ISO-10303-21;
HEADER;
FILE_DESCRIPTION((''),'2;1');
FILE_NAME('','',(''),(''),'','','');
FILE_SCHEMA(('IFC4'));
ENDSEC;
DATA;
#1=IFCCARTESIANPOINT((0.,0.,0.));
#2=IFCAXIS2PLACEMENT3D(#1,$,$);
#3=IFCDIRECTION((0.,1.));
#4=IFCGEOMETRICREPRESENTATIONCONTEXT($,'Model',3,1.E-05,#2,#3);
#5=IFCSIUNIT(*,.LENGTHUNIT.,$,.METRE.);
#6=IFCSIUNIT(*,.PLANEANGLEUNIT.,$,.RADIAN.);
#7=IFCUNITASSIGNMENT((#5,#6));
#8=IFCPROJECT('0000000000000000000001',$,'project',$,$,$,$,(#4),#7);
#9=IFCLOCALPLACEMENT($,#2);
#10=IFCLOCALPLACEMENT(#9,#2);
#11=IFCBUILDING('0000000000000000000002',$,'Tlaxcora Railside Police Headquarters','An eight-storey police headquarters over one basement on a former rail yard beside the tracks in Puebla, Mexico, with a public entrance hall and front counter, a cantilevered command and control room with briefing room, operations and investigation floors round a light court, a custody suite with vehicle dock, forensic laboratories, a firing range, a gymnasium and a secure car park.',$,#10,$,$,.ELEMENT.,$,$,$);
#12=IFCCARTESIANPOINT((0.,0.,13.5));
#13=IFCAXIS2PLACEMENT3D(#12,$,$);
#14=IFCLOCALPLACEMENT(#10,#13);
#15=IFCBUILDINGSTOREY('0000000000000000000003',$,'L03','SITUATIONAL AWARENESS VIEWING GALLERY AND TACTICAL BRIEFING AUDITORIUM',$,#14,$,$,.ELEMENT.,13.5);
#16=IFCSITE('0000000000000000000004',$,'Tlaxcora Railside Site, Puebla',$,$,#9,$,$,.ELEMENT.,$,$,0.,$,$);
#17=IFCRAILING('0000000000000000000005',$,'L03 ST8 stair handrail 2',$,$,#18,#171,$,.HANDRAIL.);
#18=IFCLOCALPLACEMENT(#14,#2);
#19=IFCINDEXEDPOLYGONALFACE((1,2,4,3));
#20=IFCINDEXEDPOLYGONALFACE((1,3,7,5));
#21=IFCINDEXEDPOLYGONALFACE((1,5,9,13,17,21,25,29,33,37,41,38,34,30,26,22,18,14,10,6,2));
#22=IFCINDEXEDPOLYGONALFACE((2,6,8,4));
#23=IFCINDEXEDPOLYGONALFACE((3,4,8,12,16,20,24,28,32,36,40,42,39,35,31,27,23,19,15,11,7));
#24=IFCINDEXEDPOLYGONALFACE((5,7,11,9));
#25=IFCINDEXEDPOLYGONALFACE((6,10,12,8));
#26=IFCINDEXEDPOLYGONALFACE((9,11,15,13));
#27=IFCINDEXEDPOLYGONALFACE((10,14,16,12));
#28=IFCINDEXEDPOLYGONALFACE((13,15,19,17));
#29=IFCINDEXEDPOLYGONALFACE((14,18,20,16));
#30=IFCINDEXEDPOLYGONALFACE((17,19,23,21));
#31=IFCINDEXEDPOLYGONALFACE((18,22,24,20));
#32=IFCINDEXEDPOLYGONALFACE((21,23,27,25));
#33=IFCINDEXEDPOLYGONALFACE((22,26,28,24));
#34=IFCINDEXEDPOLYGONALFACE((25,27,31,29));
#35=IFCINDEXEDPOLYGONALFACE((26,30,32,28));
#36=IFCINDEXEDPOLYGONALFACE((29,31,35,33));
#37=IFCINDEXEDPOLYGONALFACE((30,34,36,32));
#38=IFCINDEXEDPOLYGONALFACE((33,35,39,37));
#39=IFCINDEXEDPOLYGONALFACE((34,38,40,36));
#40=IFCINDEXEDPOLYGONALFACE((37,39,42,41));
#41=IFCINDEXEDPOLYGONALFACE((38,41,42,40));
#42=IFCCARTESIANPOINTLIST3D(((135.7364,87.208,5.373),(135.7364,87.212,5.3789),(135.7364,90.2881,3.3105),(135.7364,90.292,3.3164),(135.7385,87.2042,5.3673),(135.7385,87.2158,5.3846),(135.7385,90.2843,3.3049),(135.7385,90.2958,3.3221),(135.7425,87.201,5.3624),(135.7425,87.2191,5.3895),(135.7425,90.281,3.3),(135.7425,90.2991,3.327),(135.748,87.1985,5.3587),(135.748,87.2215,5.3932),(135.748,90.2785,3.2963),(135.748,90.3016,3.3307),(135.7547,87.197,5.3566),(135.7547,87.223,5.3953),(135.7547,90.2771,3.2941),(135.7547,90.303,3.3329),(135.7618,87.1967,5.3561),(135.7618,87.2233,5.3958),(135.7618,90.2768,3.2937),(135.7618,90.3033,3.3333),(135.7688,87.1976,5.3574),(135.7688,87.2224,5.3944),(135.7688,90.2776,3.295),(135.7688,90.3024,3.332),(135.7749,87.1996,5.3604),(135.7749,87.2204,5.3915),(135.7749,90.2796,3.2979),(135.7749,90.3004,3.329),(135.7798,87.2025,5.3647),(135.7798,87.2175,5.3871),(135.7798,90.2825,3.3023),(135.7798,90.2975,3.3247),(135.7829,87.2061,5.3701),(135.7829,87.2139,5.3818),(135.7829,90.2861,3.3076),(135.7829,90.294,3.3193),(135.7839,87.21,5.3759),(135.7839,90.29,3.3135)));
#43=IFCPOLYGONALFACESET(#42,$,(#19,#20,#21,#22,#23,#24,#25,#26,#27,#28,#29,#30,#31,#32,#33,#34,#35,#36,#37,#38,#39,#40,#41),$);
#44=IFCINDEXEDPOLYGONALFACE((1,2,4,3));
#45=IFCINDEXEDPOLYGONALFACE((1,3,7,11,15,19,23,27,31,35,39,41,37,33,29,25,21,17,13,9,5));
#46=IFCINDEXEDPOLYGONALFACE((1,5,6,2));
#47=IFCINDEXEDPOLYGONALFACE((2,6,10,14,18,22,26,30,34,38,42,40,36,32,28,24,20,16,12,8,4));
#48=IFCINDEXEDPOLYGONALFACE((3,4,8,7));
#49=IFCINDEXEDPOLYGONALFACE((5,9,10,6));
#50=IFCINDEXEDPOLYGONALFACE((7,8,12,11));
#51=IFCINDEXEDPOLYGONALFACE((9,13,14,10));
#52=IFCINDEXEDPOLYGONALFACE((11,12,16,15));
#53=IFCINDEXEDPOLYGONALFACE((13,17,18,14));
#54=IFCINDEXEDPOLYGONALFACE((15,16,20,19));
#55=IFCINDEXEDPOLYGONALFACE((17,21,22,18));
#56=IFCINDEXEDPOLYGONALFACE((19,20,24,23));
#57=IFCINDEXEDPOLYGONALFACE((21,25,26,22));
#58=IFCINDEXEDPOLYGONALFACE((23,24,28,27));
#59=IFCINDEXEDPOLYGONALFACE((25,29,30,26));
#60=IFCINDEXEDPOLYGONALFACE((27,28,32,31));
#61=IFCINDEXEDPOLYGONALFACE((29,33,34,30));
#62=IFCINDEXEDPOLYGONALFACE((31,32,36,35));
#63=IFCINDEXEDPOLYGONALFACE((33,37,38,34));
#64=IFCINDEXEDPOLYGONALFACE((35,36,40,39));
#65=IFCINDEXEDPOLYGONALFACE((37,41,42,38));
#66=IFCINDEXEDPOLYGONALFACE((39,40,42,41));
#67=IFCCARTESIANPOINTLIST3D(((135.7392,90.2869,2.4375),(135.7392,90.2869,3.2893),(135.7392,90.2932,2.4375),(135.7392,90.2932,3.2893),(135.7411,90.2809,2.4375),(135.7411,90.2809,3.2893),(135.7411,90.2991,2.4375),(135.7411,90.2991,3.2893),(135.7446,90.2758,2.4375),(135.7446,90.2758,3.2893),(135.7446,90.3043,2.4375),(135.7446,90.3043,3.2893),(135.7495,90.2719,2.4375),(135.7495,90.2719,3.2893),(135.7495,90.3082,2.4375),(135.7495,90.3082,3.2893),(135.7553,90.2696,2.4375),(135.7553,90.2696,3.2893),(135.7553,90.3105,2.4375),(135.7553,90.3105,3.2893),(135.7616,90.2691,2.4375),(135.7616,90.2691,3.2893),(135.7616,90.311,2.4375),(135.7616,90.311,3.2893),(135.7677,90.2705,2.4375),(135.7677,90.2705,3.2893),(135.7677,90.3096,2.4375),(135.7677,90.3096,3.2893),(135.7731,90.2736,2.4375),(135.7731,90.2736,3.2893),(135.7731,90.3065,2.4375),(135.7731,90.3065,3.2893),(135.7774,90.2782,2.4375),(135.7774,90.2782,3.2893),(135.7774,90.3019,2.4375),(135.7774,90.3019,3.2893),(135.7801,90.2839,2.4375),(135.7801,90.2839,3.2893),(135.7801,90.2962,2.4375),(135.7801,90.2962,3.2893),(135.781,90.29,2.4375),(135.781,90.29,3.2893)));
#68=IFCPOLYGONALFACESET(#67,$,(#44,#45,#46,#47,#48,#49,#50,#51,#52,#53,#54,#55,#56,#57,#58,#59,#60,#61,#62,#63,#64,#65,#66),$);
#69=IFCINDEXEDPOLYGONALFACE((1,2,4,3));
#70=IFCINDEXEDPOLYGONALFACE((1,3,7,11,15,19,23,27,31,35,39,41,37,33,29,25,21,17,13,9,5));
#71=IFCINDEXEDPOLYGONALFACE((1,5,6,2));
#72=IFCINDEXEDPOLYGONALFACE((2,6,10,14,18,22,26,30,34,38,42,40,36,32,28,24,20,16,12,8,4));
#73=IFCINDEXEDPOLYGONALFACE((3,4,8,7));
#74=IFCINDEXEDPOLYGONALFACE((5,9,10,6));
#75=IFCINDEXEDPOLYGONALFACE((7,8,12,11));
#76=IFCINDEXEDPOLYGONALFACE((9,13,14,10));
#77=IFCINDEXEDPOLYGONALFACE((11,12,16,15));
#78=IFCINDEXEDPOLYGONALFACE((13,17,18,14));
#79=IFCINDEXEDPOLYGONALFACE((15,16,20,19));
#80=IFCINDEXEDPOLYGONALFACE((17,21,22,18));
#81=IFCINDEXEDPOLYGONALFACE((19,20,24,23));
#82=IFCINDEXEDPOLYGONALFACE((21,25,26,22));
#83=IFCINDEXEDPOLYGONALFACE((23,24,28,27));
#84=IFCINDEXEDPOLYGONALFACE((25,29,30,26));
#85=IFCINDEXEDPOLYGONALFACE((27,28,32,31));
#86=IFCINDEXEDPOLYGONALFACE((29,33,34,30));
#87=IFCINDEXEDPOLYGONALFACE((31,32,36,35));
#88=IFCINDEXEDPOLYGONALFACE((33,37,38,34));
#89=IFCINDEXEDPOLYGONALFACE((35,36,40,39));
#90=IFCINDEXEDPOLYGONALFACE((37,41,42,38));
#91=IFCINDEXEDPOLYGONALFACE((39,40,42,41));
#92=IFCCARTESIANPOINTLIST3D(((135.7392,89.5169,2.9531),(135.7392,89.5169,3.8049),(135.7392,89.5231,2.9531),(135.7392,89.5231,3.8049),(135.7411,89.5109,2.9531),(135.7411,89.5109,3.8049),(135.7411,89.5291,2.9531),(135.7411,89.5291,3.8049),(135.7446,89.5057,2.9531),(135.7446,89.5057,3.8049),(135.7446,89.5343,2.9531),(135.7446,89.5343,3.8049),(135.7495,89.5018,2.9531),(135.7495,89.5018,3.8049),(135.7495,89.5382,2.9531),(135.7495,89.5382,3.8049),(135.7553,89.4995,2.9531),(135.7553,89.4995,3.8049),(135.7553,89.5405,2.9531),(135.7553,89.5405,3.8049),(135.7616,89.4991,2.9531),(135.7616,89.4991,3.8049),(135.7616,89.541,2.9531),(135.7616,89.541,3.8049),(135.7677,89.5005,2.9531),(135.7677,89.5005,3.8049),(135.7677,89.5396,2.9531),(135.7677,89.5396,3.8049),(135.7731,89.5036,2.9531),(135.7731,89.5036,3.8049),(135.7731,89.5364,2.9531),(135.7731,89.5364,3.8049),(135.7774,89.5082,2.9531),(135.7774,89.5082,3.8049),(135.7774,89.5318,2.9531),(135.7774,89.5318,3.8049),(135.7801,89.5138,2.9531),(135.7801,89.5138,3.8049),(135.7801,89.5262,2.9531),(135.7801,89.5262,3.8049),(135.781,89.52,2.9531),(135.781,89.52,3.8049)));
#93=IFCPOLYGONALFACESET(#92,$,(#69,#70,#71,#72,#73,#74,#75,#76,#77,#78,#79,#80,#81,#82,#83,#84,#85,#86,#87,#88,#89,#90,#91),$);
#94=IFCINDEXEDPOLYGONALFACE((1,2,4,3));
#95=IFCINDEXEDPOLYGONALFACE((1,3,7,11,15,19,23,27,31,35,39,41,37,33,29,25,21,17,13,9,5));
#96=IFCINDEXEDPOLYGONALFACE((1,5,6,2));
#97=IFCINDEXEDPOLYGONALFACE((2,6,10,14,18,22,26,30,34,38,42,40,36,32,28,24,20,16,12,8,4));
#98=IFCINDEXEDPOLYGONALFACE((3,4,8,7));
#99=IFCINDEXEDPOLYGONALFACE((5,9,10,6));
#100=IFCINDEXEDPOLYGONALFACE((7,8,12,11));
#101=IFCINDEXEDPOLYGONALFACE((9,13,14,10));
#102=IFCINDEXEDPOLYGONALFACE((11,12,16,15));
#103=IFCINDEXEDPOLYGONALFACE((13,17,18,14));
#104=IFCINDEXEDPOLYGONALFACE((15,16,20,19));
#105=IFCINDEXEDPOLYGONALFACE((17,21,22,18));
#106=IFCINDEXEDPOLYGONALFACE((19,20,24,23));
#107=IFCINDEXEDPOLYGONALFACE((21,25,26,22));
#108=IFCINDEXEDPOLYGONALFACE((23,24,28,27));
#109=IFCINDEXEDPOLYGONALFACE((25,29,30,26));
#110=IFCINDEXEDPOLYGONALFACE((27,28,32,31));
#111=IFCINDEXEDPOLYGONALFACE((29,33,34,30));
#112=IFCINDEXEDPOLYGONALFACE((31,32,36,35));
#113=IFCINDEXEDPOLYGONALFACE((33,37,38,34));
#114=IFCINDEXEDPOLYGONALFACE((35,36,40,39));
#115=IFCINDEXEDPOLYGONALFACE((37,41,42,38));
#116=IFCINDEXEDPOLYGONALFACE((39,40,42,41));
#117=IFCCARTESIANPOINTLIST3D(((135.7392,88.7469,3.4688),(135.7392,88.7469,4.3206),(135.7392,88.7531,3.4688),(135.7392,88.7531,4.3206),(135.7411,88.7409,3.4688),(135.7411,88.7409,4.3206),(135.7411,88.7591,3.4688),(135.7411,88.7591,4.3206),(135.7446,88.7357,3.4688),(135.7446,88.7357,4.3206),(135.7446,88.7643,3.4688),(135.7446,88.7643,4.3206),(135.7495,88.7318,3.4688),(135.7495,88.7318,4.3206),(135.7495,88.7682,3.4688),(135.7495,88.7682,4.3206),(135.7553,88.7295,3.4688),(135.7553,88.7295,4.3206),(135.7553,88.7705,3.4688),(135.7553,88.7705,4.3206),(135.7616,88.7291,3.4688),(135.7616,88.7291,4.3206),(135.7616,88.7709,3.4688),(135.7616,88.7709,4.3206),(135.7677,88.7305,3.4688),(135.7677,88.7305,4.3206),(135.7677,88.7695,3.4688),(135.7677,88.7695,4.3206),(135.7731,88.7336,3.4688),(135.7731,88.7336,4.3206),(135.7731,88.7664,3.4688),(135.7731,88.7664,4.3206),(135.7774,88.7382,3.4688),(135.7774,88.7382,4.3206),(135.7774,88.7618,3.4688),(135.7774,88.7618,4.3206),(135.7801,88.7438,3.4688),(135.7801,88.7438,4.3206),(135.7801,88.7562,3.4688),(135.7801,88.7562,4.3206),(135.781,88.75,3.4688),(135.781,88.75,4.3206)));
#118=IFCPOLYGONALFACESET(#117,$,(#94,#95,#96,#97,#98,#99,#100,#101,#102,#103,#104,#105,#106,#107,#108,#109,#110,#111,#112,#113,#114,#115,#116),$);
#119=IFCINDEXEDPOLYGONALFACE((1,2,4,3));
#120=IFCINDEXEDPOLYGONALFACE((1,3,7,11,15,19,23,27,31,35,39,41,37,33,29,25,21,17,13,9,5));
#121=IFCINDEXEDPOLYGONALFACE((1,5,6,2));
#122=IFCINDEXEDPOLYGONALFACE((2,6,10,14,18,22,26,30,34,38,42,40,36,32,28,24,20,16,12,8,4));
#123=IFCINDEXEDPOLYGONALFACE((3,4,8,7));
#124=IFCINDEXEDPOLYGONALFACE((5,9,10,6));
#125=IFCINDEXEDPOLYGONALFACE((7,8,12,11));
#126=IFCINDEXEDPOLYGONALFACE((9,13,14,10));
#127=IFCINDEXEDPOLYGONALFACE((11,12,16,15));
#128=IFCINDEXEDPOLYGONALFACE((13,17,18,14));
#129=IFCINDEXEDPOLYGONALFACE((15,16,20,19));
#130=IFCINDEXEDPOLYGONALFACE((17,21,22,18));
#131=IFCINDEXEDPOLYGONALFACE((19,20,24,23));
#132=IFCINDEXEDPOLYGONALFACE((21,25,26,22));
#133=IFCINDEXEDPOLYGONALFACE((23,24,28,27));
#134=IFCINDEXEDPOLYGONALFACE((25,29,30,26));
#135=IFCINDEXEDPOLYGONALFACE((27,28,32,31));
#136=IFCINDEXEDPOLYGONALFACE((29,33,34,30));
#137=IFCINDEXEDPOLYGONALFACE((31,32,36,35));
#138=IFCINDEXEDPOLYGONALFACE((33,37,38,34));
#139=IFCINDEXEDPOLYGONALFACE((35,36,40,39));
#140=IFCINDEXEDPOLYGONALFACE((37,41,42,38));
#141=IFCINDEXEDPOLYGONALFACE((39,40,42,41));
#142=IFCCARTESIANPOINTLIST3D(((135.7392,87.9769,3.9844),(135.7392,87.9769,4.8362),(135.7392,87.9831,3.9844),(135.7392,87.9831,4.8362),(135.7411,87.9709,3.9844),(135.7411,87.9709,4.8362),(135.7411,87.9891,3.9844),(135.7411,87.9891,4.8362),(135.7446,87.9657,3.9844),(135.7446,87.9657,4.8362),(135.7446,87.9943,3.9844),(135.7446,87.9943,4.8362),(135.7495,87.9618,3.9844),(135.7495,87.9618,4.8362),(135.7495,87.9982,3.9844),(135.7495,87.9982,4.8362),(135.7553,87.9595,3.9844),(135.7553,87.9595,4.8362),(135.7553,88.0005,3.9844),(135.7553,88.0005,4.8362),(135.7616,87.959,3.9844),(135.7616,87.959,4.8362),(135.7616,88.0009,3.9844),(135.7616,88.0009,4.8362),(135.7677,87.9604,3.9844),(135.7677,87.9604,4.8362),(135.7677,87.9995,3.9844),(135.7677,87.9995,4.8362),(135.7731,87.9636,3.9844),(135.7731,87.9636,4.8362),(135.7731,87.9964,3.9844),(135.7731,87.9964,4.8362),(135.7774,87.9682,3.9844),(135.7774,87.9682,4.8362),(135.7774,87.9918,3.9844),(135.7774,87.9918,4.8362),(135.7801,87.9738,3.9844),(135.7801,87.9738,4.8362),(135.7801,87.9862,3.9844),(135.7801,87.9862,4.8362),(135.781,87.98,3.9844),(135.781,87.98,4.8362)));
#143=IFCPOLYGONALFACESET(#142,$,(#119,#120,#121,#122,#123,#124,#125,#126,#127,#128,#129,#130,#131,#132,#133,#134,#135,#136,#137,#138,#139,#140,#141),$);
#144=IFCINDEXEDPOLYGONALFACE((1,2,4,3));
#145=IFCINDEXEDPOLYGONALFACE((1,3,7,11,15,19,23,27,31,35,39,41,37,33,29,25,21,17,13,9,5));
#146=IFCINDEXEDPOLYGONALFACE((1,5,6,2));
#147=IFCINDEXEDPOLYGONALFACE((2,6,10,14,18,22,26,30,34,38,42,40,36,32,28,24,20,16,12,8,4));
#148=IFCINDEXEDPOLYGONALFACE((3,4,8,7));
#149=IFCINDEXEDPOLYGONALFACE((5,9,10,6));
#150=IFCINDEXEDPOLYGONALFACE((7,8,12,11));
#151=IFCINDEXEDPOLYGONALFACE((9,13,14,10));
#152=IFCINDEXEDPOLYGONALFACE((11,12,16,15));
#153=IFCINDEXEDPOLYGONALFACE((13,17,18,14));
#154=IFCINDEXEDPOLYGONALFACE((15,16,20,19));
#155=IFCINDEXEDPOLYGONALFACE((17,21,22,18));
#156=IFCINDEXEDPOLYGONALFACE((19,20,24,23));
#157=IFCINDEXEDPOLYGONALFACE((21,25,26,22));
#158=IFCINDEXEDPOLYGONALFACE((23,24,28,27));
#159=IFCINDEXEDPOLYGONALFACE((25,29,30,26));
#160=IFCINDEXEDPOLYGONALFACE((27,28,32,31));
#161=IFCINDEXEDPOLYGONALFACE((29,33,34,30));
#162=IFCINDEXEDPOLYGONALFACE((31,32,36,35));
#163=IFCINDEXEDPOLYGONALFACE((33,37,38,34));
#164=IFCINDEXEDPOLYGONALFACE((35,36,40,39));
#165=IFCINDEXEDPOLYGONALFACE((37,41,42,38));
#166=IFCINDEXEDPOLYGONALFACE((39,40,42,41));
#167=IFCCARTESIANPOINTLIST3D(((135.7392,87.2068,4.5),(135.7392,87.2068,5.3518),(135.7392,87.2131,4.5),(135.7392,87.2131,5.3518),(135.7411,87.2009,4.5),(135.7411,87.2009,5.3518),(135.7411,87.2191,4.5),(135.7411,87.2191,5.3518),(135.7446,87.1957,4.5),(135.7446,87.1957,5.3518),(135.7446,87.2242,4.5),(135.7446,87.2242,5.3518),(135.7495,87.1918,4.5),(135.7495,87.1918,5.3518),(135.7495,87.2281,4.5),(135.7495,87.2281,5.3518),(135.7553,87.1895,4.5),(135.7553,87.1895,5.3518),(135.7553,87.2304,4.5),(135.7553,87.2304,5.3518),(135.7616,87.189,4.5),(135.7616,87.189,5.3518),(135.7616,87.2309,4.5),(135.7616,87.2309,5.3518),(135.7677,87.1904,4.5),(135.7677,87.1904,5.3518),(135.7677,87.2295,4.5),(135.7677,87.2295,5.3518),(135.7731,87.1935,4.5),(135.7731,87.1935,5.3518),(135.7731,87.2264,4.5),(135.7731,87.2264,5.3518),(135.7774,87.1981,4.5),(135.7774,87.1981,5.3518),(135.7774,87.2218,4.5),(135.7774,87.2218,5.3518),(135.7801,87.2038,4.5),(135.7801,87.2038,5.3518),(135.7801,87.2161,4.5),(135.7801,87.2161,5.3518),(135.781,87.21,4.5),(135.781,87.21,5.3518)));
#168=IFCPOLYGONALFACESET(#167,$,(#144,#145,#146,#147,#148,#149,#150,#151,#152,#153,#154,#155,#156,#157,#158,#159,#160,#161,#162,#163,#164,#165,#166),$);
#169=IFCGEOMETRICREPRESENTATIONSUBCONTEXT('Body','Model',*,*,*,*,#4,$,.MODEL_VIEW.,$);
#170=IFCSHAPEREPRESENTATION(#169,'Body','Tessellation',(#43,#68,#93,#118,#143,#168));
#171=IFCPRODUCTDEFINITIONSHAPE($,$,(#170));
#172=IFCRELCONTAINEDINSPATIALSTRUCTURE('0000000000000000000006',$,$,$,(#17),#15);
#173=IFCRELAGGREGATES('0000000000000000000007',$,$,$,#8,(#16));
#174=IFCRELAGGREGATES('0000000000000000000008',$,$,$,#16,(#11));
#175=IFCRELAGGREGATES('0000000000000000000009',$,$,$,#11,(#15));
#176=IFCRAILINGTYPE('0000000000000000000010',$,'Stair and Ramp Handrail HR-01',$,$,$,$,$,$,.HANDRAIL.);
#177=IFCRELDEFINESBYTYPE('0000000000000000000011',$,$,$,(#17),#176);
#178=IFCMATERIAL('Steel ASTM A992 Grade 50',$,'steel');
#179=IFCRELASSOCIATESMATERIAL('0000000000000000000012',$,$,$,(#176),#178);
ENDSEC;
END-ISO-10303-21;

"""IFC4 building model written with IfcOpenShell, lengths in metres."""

from ifc_helpers import new_model, si_unit, direction, frame, origin, origin_2d, place, context, subcontext, project, spatial, circle, extrude, material, type_object, element, save


model = new_model("IFC4")

# Units and contexts
model_context = context("Model", 3, precision=1e-05, world=origin(), true_north=direction((0.0, 1.0)))
body_context = subcontext(model_context, "Body", "Model", "MODEL_VIEW")
ifc_project = project(units=[si_unit("LENGTHUNIT", "METRE"), si_unit("PLANEANGLEUNIT", "RADIAN")], contexts=[model_context])

# Site, building, storey
site_placement = place(None, origin())
site = spatial("IfcSite", under=ifc_project, at=site_placement, Name="Tlaxcora Railside Site, Puebla", CompositionType="ELEMENT", RefElevation=0.0)
building_placement = place(site_placement, origin())
building = spatial("IfcBuilding", under=site, at=building_placement, Name="Tlaxcora Railside Police Headquarters", Description="An eight-storey police headquarters over one basement on a former rail yard beside the tracks in Puebla, Mexico, with a public entrance hall and front counter, a cantilevered command and control room with briefing room, operations and investigation floors round a light court, a custody suite with vehicle dock, forensic laboratories, a firing range, a gymnasium and a secure car park.", CompositionType="ELEMENT")
storey_placement = place(building_placement, frame((0.0, 0.0, 13.5)))
storey = spatial("IfcBuildingStorey", under=building, at=storey_placement, Name="L03", Description="SITUATIONAL AWARENESS VIEWING GALLERY AND TACTICAL BRIEFING AUDITORIUM", CompositionType="ELEMENT", Elevation=13.5)

# Shared definitions
ifc_material_1 = material(Name="Steel ASTM A992 Grade 50", Category="steel")

# Railing
railing_type_1 = type_object("IfcRailingType", Name="Stair and Ramp Handrail HR-01", PredefinedType="HANDRAIL", material=ifc_material_1)
railing_1_placement = place(storey_placement, frame((135.76, 90.29, 2.4375)))
element("IfcRailing", 1, at=railing_1_placement, inside=storey, type_object=railing_type_1, Name="L03 ST8 stair handrail 2", PredefinedType="HANDRAIL", context=body_context, shape_type="SweptSolid", body=[
    extrude(circle(Radius=0.0239, at=origin_2d()), frame((0.0, 0.0, 0.876), z_axis=(0.0, -0.830914, 0.556401), x_axis=(1.0, 0.0, 0.0)), (0.0, 0.0, 1.0), 3.7068),
    extrude(circle(Radius=0.021, at=origin_2d()), origin(), (0.0, 0.0, 1.0), 0.8518),
    extrude(circle(Radius=0.021, at=origin_2d()), frame((0.0, -0.77, 0.5156)), (0.0, 0.0, 1.0), 0.8518),
    extrude(circle(Radius=0.021, at=origin_2d()), frame((0.0, -1.54, 1.0312)), (0.0, 0.0, 1.0), 0.8518),
    extrude(circle(Radius=0.021, at=origin_2d()), frame((0.0, -2.3101, 1.5469)), (0.0, 0.0, 1.0), 0.8518),
    extrude(circle(Radius=0.021, at=origin_2d()), frame((0.0, -3.0801, 2.0625)), (0.0, 0.0, 1.0), 0.8518),
])

save(model, "model.ifc")
